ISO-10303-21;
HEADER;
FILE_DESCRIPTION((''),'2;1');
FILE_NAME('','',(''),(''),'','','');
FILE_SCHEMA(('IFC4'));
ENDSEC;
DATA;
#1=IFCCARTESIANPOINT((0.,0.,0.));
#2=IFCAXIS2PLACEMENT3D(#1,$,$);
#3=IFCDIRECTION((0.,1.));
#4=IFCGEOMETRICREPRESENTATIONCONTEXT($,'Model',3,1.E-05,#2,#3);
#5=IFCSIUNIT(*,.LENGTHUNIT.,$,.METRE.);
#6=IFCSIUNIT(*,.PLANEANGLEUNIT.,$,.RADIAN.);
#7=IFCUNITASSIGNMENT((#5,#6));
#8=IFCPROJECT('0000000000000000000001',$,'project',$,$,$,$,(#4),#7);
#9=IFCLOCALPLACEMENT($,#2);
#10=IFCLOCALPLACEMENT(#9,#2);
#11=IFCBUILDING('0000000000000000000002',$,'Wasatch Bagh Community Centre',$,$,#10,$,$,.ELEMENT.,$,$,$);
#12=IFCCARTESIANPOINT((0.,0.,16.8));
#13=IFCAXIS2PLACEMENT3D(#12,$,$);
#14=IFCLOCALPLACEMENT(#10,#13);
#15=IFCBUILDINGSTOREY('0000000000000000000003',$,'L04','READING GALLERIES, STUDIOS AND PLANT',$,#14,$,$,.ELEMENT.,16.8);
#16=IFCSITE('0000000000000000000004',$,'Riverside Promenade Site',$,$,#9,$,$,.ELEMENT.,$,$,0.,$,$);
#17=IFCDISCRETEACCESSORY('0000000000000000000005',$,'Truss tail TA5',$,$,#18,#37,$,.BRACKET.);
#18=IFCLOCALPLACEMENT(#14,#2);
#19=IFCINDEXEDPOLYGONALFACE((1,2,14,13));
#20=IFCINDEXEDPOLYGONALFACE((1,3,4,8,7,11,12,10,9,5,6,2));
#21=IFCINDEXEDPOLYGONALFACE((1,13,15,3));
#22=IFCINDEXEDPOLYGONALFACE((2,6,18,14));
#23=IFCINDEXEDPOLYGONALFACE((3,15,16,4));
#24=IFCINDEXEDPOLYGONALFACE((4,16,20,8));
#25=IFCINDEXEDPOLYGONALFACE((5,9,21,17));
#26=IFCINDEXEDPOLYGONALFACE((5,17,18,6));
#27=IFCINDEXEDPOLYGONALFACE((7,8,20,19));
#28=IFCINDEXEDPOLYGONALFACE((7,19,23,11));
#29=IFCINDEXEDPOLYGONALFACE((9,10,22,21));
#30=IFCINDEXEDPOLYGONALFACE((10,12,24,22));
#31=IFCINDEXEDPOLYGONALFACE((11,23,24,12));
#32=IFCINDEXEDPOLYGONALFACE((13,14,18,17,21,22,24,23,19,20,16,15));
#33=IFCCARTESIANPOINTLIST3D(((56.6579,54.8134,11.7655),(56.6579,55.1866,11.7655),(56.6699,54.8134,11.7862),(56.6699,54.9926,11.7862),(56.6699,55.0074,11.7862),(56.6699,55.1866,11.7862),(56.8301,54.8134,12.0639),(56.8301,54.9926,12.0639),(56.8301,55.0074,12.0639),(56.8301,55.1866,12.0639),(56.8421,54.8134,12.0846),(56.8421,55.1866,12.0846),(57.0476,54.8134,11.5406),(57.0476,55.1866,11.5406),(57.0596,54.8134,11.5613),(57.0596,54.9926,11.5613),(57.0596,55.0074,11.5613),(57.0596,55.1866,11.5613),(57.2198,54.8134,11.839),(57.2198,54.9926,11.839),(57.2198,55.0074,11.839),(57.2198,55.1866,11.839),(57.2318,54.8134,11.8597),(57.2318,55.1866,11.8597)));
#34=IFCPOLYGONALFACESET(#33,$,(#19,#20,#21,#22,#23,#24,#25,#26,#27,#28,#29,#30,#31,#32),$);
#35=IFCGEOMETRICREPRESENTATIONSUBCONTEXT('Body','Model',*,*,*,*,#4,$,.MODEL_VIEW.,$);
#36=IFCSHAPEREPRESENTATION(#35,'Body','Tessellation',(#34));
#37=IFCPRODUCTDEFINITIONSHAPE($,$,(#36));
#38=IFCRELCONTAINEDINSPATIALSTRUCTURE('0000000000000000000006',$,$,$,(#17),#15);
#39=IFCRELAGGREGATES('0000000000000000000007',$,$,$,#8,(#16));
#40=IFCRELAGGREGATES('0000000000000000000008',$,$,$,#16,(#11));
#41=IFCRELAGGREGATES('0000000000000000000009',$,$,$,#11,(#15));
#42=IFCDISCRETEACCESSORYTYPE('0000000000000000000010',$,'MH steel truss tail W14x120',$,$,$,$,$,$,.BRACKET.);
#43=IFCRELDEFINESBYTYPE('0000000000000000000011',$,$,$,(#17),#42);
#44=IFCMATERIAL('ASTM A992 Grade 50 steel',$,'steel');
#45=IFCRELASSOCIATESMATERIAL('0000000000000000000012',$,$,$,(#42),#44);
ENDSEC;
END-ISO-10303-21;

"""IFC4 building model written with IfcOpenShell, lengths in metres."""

from ifc_helpers import new_model, si_unit, direction, frame, origin, origin_2d, place, context, subcontext, project, spatial, i_section, extrude, material, material_profile, profile_set, type_object, element, save


model = new_model("IFC4")

# Units and contexts
model_context = context("Model", 3, precision=1e-05, world=origin(), true_north=direction((0.0, 1.0)))
body_context = subcontext(model_context, "Body", "Model", "MODEL_VIEW")
ifc_project = project(units=[si_unit("LENGTHUNIT", "METRE"), si_unit("PLANEANGLEUNIT", "RADIAN")], contexts=[model_context])

# Site, building, storey
site_placement = place(None, origin())
site = spatial("IfcSite", under=ifc_project, at=site_placement, Name="Riverside Promenade Site", CompositionType="ELEMENT", RefElevation=0.0)
building_placement = place(site_placement, origin())
building = spatial("IfcBuilding", under=site, at=building_placement, Name="Wasatch Bagh Community Centre", CompositionType="ELEMENT")
storey_placement = place(building_placement, frame((0.0, 0.0, 16.8)))
storey = spatial("IfcBuildingStorey", under=building, at=storey_placement, Name="L04", Description="READING GALLERIES, STUDIOS AND PLANT", CompositionType="ELEMENT", Elevation=16.8)

# Shared definitions
ifc_material_1 = material(Name="ASTM A992 Grade 50 steel", Category="steel")

# Discrete accessory
ifc_material_profile_1 = material_profile(ifc_material_1, i_section(OverallWidth=0.3733, OverallDepth=0.3684, WebThickness=0.0149, FlangeThickness=0.0239, at=origin_2d()), Name="W14x120")
ifc_profile_set_1 = profile_set([ifc_material_profile_1], Name="ASTM A992 Grade 50 steel")
discrete_accessory_type_1 = type_object("IfcDiscreteAccessoryType", Name="MH steel truss tail W14x120", PredefinedType="BRACKET", material=ifc_profile_set_1)
discrete_accessory_1_placement = place(storey_placement, frame((56.75, 55.0, 11.925), z_axis=(0.866131, 0.0, -0.499816), x_axis=(0.0, 1.0, 0.0)))
element("IfcDiscreteAccessory", 1, at=discrete_accessory_1_placement, inside=storey, type_object=discrete_accessory_type_1, Name="Truss tail TA5", PredefinedType="BRACKET", context=body_context, shape_type="SweptSolid", body=[
    extrude(i_section(OverallWidth=0.3733, OverallDepth=0.3684, WebThickness=0.0149, FlangeThickness=0.0239, at=origin_2d()), origin(), (0.0, 0.0, 1.0), 0.45),
])

save(model, "model.ifc")
